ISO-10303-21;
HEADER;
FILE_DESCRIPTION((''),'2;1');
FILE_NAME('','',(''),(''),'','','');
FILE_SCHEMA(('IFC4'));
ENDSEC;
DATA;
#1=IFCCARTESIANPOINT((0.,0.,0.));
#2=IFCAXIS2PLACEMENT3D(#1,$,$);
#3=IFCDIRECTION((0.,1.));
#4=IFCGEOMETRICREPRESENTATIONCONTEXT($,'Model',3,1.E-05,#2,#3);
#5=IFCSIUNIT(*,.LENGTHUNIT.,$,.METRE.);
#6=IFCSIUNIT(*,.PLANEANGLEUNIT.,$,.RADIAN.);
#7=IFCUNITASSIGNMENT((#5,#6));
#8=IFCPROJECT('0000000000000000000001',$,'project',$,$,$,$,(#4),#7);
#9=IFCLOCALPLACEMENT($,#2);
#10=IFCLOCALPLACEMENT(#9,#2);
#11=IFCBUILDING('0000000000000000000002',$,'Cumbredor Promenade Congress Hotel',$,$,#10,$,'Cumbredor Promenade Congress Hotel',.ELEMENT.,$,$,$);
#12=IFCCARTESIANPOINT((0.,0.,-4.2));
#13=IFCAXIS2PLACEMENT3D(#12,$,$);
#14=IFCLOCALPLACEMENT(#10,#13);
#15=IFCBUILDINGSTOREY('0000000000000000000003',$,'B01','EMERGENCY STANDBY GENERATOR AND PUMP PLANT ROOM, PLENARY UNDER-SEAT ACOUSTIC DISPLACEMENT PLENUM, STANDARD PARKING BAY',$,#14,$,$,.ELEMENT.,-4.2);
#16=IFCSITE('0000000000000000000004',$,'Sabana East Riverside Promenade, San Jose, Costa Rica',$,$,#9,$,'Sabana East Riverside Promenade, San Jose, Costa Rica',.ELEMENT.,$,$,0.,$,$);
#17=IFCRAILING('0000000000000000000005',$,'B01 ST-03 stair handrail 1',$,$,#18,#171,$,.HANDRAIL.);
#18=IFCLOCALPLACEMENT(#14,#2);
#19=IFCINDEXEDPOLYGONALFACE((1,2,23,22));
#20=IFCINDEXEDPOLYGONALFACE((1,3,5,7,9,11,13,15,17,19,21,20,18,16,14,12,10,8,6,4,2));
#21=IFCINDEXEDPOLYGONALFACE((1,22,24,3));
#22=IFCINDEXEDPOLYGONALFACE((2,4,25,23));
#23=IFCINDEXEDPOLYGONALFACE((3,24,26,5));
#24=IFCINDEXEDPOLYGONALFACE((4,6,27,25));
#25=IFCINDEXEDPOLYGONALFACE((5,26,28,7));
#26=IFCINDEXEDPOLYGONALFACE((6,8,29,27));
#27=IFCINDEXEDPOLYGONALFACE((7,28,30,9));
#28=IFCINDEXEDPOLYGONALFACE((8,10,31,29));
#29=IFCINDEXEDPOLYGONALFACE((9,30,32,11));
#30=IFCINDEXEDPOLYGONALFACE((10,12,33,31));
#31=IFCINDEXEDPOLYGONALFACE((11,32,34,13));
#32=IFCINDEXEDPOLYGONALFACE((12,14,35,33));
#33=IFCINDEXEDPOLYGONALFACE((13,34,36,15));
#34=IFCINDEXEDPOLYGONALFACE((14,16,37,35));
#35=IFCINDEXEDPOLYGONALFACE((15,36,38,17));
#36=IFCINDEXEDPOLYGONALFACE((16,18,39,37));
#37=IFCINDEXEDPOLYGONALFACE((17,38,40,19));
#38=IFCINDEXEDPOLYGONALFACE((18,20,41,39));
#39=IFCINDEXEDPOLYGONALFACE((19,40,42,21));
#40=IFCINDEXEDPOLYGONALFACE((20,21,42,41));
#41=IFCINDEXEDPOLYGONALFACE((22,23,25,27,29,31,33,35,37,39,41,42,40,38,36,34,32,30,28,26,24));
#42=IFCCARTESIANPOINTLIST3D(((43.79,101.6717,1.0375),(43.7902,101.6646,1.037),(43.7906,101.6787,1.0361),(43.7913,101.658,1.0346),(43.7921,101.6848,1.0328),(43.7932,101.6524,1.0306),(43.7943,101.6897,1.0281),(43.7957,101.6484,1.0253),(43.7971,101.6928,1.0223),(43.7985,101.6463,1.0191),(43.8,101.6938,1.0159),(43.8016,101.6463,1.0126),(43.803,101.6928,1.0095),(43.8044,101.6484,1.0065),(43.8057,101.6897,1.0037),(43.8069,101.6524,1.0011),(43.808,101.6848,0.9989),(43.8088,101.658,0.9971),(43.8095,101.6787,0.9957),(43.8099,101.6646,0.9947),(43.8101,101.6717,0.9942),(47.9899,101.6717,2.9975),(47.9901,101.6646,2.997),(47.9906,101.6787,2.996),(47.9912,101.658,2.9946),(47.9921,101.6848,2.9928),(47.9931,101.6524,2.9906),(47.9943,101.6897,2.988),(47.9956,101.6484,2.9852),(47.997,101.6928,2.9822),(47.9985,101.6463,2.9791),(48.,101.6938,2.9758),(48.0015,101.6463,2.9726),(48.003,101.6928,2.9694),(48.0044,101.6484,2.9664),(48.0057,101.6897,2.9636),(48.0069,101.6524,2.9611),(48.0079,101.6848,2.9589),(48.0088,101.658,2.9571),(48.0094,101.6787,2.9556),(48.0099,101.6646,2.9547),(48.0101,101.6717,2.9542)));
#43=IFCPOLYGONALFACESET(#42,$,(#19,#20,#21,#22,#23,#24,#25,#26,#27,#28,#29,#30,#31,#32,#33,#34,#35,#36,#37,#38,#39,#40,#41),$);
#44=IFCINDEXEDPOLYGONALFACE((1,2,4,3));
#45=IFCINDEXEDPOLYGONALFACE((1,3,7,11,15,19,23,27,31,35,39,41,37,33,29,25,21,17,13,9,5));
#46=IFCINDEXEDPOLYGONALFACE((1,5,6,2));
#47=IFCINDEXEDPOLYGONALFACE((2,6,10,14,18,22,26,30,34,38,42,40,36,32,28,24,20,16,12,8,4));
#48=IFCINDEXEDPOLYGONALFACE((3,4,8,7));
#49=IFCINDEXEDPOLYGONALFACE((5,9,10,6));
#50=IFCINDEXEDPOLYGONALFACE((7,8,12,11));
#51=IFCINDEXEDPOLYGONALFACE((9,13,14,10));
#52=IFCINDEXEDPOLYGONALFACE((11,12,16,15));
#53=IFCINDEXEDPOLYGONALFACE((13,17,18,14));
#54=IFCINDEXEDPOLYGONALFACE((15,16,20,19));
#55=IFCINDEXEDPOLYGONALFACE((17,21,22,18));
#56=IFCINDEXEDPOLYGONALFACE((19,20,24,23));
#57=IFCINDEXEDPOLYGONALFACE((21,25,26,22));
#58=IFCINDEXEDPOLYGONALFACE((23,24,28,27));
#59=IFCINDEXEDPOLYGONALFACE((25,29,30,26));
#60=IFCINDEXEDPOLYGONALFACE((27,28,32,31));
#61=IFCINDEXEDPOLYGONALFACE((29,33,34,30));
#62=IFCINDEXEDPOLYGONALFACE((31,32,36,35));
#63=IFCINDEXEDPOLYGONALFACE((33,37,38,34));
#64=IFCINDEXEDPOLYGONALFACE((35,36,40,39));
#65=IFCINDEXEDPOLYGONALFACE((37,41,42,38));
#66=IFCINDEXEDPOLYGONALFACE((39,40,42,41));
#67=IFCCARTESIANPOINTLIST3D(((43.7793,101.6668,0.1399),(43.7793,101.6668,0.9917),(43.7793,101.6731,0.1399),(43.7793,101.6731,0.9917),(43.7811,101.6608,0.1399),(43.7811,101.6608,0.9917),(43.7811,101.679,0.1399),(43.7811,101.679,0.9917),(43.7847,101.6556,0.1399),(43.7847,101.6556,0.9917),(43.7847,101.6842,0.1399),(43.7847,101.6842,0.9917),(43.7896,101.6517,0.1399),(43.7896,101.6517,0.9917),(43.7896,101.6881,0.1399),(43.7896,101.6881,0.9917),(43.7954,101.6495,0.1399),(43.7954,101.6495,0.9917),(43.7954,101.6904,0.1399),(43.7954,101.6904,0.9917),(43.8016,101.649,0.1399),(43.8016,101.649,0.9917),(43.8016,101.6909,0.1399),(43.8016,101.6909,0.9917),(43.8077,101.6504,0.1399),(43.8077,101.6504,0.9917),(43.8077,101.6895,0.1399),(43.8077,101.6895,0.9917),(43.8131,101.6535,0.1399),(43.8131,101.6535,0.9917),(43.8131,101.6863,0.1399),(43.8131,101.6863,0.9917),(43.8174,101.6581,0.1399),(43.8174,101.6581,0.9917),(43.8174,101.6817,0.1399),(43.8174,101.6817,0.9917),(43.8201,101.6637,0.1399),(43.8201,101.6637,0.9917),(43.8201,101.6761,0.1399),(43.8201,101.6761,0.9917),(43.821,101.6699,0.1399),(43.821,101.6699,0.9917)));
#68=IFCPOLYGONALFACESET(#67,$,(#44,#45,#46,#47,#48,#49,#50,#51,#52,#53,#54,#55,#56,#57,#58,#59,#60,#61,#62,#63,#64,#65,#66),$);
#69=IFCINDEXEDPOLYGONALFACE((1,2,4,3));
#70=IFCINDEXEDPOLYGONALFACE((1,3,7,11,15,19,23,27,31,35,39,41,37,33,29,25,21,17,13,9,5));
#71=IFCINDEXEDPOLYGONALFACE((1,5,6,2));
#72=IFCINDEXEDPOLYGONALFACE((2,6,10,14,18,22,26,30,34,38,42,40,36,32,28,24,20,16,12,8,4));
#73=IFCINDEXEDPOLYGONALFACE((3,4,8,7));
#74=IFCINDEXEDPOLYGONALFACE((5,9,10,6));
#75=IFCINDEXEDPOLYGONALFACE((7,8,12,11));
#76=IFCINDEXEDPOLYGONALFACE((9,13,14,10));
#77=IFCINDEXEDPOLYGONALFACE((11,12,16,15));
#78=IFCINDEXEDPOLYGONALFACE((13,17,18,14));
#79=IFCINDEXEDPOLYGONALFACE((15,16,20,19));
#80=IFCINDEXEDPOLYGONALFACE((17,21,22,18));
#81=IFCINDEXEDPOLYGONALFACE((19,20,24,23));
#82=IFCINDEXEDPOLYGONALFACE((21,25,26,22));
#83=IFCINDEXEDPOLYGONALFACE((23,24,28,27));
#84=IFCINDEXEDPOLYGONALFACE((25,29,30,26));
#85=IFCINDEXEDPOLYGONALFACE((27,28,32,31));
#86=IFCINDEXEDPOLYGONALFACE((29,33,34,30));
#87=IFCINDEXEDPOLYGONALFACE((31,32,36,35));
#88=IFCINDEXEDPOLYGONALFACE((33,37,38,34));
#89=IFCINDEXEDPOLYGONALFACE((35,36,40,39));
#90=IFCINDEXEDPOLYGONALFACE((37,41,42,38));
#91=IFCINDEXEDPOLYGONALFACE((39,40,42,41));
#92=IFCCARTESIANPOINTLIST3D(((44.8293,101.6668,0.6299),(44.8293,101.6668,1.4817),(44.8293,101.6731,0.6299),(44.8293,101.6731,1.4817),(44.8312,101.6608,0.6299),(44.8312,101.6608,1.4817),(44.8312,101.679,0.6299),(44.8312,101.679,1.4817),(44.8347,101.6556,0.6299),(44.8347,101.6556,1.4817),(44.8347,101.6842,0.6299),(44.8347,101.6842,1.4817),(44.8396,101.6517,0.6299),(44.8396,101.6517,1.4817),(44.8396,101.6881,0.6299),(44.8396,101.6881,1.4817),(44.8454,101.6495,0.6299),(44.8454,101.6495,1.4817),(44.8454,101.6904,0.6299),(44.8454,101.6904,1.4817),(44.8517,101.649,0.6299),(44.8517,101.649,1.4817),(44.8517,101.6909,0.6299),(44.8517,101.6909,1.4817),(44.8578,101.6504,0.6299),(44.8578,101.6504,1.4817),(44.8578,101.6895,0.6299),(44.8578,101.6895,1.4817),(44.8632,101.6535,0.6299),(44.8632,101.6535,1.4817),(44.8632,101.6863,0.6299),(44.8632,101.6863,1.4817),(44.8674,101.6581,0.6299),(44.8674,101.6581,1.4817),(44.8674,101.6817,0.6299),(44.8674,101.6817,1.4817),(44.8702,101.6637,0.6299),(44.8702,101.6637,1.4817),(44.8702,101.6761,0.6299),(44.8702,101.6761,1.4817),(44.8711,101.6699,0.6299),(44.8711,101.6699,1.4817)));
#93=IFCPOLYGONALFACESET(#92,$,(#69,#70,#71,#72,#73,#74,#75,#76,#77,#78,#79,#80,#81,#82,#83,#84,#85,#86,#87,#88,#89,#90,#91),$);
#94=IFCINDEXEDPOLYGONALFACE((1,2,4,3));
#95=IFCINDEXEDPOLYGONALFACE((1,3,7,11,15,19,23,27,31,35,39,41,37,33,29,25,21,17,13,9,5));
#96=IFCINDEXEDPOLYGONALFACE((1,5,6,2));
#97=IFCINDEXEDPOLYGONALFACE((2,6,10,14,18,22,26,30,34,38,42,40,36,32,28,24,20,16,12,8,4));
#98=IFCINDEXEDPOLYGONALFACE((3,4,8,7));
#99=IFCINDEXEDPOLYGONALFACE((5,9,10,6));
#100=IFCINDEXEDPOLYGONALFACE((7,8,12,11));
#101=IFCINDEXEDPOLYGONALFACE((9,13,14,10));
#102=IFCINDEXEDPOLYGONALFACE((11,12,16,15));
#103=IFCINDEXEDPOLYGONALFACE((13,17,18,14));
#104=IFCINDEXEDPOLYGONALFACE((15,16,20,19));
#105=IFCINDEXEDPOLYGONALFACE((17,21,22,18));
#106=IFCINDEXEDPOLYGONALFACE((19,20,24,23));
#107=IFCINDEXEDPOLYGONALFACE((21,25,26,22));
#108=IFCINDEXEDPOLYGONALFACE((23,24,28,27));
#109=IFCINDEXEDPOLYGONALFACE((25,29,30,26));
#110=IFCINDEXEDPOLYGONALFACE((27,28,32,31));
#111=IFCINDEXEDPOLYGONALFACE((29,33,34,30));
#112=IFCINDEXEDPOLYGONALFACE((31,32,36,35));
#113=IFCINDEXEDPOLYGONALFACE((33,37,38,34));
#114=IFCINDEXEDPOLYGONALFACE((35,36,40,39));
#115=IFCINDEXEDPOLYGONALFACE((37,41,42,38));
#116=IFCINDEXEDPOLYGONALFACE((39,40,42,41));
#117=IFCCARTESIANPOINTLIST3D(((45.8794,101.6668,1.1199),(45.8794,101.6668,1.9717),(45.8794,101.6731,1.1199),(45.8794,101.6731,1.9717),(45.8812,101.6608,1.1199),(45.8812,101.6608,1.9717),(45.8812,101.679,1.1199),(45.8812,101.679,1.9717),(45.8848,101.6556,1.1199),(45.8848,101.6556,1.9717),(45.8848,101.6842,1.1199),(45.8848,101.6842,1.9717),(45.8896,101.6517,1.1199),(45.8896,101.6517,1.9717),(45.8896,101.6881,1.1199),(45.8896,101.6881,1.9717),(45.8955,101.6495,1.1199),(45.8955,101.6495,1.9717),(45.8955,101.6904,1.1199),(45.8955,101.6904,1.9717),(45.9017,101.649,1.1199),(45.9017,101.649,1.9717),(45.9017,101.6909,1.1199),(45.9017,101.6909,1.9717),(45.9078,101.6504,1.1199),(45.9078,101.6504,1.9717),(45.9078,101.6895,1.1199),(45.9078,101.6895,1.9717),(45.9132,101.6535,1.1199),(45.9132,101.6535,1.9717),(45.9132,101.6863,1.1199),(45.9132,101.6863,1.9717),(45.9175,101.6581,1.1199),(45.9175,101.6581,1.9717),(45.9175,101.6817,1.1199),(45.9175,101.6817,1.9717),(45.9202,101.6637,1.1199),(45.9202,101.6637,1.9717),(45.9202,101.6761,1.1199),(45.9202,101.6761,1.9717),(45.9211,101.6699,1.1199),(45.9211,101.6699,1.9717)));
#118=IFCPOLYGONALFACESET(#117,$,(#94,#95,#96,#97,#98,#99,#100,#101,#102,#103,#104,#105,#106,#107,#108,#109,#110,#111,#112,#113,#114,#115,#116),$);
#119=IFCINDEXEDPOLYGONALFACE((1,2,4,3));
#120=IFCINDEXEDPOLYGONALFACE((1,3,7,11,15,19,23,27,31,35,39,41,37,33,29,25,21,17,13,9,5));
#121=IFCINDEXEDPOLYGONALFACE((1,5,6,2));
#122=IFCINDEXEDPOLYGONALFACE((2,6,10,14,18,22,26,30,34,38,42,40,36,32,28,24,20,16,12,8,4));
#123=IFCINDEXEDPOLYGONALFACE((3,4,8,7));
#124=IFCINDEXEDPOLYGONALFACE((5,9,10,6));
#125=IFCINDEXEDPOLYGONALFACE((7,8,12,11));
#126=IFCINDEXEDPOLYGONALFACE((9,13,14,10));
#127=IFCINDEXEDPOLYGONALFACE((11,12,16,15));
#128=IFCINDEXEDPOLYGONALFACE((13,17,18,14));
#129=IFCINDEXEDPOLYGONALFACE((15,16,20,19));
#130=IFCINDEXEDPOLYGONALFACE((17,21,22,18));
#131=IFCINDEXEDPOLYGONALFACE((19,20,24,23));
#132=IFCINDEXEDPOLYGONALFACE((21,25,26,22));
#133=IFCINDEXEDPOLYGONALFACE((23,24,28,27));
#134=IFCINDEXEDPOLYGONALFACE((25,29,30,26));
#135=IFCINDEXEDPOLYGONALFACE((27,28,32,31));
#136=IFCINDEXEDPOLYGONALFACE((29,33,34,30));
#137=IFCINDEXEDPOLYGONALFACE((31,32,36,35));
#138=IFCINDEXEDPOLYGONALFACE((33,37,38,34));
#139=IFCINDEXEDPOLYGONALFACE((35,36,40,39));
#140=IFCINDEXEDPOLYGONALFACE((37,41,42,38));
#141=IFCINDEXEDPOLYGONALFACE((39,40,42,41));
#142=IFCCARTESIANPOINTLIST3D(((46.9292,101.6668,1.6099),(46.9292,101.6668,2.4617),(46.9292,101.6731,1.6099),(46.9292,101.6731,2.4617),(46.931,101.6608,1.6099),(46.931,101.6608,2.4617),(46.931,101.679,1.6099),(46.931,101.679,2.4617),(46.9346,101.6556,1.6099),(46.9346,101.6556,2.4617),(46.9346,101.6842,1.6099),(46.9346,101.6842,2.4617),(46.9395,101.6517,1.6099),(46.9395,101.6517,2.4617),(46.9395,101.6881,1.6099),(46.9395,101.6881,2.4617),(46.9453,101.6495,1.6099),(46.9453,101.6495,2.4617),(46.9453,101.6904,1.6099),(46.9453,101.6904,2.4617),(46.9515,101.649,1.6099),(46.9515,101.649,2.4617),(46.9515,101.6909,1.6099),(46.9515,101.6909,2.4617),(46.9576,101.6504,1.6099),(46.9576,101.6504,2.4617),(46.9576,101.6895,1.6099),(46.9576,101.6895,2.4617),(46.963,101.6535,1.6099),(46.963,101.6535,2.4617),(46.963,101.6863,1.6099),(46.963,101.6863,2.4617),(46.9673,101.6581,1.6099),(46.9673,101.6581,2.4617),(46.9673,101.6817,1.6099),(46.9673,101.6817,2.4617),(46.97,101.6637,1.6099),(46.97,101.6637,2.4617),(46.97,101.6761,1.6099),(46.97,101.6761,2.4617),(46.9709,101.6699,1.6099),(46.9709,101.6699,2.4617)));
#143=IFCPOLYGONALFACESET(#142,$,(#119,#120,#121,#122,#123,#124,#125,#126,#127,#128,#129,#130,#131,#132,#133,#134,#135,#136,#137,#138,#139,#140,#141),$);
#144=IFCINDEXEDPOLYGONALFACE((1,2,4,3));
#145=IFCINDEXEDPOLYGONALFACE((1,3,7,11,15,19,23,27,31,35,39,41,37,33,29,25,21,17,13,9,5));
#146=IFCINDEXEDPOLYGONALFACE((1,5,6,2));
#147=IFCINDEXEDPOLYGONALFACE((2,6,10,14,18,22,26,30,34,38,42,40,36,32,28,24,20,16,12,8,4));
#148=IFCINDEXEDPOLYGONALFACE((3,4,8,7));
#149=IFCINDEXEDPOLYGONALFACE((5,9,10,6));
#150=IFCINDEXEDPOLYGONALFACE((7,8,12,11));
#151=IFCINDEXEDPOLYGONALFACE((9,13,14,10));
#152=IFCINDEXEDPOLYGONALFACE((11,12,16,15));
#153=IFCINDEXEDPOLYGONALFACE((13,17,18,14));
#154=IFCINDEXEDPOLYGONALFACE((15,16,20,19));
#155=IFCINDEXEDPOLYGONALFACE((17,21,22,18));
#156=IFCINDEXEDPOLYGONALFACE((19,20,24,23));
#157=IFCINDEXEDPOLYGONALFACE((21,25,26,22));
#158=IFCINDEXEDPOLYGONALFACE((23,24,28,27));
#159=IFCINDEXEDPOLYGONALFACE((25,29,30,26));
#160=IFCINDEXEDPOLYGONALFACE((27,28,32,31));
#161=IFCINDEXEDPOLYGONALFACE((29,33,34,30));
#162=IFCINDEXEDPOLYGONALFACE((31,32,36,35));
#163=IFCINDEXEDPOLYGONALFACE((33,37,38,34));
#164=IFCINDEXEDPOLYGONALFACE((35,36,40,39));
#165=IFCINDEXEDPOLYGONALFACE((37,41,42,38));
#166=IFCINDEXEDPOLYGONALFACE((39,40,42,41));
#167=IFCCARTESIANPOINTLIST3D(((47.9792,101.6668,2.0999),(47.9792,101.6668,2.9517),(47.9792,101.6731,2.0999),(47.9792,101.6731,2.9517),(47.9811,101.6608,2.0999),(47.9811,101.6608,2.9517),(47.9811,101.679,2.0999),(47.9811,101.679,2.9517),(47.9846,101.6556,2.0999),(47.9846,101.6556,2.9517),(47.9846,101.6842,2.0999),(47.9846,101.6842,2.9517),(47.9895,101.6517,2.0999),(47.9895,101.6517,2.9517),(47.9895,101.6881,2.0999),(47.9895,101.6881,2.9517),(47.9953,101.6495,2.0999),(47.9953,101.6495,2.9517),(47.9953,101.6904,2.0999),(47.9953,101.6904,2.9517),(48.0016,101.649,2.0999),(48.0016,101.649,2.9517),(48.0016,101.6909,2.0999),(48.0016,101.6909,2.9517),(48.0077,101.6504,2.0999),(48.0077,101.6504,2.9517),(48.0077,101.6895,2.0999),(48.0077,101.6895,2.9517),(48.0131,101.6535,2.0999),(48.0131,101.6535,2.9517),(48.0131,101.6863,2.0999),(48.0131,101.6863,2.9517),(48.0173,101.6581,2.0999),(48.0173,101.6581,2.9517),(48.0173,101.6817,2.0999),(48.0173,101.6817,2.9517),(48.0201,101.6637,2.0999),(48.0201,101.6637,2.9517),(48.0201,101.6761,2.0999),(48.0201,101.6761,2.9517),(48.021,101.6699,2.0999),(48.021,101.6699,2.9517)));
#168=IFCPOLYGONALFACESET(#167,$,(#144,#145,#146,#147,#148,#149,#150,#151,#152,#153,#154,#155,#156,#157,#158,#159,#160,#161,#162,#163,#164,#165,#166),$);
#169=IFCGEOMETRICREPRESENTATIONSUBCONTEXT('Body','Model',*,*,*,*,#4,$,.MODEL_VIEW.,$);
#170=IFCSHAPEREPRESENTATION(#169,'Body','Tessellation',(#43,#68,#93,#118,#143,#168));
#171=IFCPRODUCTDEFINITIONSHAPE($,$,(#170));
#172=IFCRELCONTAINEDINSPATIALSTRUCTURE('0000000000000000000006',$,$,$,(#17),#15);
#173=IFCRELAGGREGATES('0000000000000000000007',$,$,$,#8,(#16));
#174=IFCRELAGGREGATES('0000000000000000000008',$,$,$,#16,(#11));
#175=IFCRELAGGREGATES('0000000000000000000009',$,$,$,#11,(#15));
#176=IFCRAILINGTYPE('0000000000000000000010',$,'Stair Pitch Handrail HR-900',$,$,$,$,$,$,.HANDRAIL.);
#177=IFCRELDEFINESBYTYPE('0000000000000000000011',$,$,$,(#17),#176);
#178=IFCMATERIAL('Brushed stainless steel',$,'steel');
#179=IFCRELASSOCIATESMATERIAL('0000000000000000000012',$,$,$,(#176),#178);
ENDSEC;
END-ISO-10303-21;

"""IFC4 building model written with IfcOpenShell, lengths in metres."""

from ifc_helpers import new_model, si_unit, direction, frame, origin, origin_2d, place, context, subcontext, project, spatial, circle, extrude, material, type_object, element, save


model = new_model("IFC4")

# Units and contexts
model_context = context("Model", 3, precision=1e-05, world=origin(), true_north=direction((0.0, 1.0)))
body_context = subcontext(model_context, "Body", "Model", "MODEL_VIEW")
ifc_project = project(units=[si_unit("LENGTHUNIT", "METRE"), si_unit("PLANEANGLEUNIT", "RADIAN")], contexts=[model_context])

# Site, building, storey
site_placement = place(None, origin())
site = spatial("IfcSite", under=ifc_project, at=site_placement, Name="Sabana East Riverside Promenade, San Jose, Costa Rica", LongName="Sabana East Riverside Promenade, San Jose, Costa Rica", CompositionType="ELEMENT", RefElevation=0.0)
building_placement = place(site_placement, origin())
building = spatial("IfcBuilding", under=site, at=building_placement, Name="Cumbredor Promenade Congress Hotel", LongName="Cumbredor Promenade Congress Hotel", CompositionType="ELEMENT")
storey_placement = place(building_placement, frame((0.0, 0.0, -4.2)))
storey = spatial("IfcBuildingStorey", under=building, at=storey_placement, Name="B01", Description="EMERGENCY STANDBY GENERATOR AND PUMP PLANT ROOM, PLENARY UNDER-SEAT ACOUSTIC DISPLACEMENT PLENUM, STANDARD PARKING BAY", CompositionType="ELEMENT", Elevation=-4.2)

# Railing
ifc_material_1 = material(Name="Brushed stainless steel", Category="steel")
railing_type_1 = type_object("IfcRailingType", Name="Stair Pitch Handrail HR-900", PredefinedType="HANDRAIL", material=ifc_material_1)
railing_1_placement = place(storey_placement, frame((43.8, 101.6699, 0.1399)))
element("IfcRailing", 1, at=railing_1_placement, inside=storey, type_object=railing_type_1, Name="B01 ST-03 stair handrail 1", PredefinedType="HANDRAIL", context=body_context, shape_type="SweptSolid", body=[
    extrude(circle(Radius=0.0239, at=origin_2d()), frame((0.0, 0.0, 0.876), z_axis=(0.906184, 0.0, 0.422883), x_axis=(0.0, 1.0, 0.0)), (0.0, 0.0, 1.0), 4.6348),
    extrude(circle(Radius=0.021, at=origin_2d()), origin(), (0.0, 0.0, 1.0), 0.8518),
    extrude(circle(Radius=0.021, at=origin_2d()), frame((1.05, 0.0, 0.49)), (0.0, 0.0, 1.0), 0.8518),
    extrude(circle(Radius=0.021, at=origin_2d()), frame((2.1001, 0.0, 0.98)), (0.0, 0.0, 1.0), 0.8518),
    extrude(circle(Radius=0.021, at=origin_2d()), frame((3.1499, 0.0, 1.47)), (0.0, 0.0, 1.0), 0.8518),
    extrude(circle(Radius=0.021, at=origin_2d()), frame((4.2, 0.0, 1.96)), (0.0, 0.0, 1.0), 0.8518),
])

save(model, "model.ifc")
